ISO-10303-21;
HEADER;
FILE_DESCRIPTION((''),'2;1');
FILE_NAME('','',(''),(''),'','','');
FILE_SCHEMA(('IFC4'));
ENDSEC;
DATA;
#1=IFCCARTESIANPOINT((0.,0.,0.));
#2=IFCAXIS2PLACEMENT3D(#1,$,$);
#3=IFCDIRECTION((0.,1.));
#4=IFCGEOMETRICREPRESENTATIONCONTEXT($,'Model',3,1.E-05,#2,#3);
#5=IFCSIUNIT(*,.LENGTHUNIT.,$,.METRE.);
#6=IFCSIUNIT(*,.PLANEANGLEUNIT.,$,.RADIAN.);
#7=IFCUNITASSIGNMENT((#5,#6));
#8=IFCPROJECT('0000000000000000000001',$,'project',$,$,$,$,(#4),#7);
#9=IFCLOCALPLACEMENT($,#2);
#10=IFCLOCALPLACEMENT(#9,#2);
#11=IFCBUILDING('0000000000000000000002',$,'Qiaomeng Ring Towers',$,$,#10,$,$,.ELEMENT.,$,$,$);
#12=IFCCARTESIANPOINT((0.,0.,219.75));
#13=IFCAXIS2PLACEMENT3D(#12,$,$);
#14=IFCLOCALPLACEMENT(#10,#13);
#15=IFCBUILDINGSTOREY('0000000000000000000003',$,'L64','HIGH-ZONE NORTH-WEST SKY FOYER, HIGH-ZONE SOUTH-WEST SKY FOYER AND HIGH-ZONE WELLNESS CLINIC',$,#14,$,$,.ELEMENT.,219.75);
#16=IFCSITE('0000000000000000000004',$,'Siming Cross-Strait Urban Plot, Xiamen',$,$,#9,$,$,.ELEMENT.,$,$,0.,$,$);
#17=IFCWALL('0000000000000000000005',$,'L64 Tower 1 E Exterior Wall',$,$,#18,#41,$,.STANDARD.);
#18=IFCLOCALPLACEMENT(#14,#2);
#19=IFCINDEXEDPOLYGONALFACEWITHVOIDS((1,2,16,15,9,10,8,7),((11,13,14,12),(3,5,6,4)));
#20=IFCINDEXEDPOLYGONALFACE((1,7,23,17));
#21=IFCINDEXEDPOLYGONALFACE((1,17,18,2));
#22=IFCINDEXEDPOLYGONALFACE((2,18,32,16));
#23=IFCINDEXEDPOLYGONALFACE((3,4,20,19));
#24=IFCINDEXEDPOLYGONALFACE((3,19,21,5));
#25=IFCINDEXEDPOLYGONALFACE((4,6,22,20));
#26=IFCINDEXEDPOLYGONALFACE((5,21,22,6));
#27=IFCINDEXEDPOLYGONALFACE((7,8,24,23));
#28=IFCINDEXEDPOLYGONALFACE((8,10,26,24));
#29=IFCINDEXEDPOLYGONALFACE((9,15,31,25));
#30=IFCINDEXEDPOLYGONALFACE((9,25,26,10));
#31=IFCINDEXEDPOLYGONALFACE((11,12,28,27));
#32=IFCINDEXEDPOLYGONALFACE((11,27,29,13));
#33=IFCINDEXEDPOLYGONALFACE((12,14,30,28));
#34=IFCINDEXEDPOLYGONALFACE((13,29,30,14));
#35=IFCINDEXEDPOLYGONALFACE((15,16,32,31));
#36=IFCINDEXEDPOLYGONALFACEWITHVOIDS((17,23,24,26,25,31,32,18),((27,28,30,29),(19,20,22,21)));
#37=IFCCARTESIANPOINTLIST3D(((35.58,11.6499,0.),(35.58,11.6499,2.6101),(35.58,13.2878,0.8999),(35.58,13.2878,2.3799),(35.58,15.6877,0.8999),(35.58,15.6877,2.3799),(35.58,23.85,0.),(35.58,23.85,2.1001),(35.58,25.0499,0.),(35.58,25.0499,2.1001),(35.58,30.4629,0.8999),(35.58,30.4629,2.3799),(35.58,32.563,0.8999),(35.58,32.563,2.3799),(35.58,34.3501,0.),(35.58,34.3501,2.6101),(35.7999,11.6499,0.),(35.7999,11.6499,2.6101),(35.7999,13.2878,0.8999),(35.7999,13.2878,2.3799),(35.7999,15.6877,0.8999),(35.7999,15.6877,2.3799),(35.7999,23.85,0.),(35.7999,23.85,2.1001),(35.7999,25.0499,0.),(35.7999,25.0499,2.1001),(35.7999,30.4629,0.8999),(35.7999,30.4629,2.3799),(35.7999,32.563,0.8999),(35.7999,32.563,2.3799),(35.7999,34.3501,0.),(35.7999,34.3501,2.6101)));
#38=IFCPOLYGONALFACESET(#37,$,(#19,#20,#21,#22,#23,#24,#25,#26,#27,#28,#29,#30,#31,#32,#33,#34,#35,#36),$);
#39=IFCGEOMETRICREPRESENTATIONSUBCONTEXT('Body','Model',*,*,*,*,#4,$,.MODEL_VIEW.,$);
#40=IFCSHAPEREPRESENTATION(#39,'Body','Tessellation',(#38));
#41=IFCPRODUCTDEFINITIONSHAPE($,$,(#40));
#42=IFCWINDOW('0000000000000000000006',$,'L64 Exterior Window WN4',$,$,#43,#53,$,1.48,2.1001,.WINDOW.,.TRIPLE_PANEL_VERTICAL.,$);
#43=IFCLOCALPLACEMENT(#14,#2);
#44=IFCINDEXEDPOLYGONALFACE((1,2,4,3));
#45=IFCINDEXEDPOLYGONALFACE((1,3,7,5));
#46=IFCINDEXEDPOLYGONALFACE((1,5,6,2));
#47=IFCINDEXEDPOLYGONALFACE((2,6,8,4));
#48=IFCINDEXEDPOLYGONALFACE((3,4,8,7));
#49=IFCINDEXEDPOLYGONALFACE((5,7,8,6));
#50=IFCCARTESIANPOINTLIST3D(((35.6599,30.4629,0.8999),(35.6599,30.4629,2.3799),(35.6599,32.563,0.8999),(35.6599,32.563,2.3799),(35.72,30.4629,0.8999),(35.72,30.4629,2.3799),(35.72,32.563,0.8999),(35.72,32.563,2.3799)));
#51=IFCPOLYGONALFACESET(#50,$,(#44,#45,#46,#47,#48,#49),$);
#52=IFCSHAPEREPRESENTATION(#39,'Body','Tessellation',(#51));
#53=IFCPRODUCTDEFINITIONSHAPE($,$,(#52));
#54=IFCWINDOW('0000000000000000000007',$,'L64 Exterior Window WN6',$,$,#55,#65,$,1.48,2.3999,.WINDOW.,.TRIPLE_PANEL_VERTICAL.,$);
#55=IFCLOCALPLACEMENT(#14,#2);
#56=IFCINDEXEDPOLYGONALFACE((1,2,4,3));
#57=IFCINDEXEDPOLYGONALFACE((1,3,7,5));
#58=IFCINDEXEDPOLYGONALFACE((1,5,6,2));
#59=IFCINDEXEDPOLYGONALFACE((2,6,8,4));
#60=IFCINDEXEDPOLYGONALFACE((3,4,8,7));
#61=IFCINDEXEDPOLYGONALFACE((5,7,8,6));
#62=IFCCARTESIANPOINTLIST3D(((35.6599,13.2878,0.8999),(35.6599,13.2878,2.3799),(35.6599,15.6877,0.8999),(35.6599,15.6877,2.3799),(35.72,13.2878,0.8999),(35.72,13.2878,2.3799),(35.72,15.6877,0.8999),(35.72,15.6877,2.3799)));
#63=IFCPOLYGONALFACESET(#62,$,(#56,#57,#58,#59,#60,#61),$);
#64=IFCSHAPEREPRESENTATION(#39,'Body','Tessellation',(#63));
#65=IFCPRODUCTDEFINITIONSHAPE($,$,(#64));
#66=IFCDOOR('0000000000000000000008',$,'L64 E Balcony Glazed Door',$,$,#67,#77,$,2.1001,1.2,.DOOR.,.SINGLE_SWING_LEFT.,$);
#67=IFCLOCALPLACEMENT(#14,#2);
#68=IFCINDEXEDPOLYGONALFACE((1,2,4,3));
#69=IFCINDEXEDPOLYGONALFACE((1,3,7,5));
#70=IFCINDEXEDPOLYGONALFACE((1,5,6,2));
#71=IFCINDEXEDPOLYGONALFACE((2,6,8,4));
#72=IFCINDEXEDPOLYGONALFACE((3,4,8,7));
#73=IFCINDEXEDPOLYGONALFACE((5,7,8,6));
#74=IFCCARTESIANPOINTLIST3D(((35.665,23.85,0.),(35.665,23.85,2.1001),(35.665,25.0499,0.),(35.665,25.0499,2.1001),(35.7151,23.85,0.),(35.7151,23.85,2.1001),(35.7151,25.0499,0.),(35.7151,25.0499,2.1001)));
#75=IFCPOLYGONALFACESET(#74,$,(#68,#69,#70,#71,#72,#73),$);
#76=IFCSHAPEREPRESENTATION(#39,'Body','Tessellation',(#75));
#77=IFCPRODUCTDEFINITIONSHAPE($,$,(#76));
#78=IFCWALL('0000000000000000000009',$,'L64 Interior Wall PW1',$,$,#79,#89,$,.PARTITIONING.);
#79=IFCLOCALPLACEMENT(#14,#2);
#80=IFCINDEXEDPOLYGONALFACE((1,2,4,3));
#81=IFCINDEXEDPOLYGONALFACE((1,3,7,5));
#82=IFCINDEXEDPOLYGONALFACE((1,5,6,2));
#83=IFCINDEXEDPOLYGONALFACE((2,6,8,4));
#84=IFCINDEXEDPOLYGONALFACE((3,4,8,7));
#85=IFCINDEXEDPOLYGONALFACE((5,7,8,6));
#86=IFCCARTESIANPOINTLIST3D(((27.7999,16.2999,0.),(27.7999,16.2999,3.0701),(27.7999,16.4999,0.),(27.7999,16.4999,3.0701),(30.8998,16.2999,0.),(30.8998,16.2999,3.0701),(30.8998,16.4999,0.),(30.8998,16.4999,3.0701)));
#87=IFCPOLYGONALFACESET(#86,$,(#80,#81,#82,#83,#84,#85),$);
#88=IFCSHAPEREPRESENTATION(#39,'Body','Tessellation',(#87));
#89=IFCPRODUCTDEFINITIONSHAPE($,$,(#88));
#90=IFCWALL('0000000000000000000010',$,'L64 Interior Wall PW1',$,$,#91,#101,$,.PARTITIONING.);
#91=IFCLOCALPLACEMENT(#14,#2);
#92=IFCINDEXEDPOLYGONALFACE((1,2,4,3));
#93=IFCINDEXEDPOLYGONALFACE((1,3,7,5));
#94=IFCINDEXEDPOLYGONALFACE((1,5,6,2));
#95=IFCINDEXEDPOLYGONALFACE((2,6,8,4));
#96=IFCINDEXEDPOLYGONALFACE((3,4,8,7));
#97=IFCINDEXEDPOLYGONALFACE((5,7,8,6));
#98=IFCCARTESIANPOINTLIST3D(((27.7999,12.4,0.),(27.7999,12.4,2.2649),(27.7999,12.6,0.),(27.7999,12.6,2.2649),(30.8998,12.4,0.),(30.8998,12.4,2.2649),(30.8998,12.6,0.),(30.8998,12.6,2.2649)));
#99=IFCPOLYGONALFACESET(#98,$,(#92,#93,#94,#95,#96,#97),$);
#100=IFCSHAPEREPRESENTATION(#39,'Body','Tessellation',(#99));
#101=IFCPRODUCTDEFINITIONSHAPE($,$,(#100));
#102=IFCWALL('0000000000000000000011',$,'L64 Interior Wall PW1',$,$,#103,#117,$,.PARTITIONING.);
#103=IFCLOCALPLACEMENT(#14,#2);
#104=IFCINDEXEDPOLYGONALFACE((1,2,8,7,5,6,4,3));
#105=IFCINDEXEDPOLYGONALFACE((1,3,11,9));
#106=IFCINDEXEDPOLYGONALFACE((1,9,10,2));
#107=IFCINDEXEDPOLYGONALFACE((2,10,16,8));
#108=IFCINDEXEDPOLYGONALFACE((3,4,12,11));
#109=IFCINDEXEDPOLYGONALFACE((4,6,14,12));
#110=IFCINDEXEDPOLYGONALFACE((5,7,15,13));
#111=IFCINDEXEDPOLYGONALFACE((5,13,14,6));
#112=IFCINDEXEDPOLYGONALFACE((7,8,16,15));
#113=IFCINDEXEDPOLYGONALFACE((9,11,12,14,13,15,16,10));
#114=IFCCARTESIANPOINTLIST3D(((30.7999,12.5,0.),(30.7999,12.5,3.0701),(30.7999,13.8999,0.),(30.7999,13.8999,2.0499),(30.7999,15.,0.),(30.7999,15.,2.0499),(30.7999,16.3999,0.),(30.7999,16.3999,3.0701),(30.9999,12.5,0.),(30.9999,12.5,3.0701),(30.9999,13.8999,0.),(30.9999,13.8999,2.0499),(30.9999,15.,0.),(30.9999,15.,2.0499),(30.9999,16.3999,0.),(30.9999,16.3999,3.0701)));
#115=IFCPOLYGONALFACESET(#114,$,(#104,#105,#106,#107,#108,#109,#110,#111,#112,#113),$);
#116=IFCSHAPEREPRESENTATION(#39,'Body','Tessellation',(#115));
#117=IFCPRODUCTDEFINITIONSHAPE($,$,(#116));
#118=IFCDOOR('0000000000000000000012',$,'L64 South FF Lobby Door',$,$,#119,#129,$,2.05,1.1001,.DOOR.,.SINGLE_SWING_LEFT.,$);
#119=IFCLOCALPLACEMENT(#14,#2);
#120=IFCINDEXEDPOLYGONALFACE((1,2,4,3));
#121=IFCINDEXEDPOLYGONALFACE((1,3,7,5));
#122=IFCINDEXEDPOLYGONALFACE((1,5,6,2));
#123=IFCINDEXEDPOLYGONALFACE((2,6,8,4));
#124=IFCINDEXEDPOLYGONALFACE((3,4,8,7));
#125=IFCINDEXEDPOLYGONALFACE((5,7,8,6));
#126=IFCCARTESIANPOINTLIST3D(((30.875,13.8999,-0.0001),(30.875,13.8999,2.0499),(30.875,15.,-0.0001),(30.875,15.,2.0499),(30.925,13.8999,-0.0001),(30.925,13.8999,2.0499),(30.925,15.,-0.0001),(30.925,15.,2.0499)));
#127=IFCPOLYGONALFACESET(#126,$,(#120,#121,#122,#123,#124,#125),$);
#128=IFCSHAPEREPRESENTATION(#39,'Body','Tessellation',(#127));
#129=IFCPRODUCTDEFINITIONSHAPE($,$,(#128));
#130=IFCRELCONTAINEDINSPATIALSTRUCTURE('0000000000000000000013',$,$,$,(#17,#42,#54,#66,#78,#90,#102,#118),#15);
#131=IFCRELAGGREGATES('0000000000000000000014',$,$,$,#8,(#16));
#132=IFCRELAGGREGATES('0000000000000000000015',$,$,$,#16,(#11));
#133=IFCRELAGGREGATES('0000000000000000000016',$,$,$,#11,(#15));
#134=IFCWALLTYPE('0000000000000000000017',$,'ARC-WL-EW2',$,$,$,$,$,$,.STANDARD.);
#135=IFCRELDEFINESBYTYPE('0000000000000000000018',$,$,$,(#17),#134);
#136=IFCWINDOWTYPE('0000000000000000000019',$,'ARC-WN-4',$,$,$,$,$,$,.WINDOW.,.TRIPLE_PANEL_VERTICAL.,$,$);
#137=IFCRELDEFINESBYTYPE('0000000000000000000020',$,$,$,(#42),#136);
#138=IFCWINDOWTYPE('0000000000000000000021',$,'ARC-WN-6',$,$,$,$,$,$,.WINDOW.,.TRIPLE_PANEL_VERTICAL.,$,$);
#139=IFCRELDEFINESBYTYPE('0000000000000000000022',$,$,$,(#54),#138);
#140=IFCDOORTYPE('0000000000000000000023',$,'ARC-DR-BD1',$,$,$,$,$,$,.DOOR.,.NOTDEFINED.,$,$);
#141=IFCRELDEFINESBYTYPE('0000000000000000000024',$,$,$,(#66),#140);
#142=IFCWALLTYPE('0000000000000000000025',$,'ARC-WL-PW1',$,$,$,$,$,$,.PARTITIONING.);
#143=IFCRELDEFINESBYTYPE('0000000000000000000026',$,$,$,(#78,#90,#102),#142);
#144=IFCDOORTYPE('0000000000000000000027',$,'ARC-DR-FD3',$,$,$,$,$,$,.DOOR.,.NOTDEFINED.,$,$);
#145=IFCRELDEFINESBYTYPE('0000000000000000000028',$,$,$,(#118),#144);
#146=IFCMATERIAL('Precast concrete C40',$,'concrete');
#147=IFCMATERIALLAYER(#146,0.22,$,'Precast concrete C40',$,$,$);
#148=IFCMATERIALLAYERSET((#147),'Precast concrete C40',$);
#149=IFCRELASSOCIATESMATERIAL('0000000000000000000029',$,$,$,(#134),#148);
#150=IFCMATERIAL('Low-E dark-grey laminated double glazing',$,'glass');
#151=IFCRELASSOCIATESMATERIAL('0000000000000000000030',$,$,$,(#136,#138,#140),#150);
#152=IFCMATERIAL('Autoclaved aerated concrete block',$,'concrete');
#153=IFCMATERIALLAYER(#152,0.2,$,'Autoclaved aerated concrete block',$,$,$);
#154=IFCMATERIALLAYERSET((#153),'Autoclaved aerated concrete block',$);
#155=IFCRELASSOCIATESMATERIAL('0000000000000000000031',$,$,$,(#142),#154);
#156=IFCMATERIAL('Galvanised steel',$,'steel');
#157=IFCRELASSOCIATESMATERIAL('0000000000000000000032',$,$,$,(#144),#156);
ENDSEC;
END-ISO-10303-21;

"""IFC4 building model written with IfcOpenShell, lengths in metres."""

from ifc_helpers import new_model, si_unit, direction, frame, frame_2d, origin, place, context, subcontext, project, spatial, rectangle, extrude, source, transform, mapped, material, layer, layer_set, type_object, element, fill, save


model = new_model("IFC4")

# Units and contexts
model_context = context("Model", 3, precision=1e-05, world=origin(), true_north=direction((0.0, 1.0)))
body_context = subcontext(model_context, "Body", "Model", "MODEL_VIEW")
ifc_project = project(units=[si_unit("LENGTHUNIT", "METRE"), si_unit("PLANEANGLEUNIT", "RADIAN")], contexts=[model_context])

# Site, building, storey
site_placement = place(None, origin())
site = spatial("IfcSite", under=ifc_project, at=site_placement, Name="Siming Cross-Strait Urban Plot, Xiamen", CompositionType="ELEMENT", RefElevation=0.0)
building_placement = place(site_placement, origin())
building = spatial("IfcBuilding", under=site, at=building_placement, Name="Qiaomeng Ring Towers", CompositionType="ELEMENT")
storey_placement = place(building_placement, frame((0.0, 0.0, 219.75)))
storey = spatial("IfcBuildingStorey", under=building, at=storey_placement, Name="L64", Description="HIGH-ZONE NORTH-WEST SKY FOYER, HIGH-ZONE SOUTH-WEST SKY FOYER AND HIGH-ZONE WELLNESS CLINIC", CompositionType="ELEMENT", Elevation=219.75)

# Wall, openings, windows, door
ifc_material_1 = material(Name="Precast concrete C40", Category="concrete")
ifc_layer_1 = layer(ifc_material_1, 0.22, Name="Precast concrete C40")
ifc_layer_set_1 = layer_set([ifc_layer_1], Name="Precast concrete C40")
wall_type_1 = type_object("IfcWallType", Name="ARC-WL-EW2", PredefinedType="STANDARD", material=ifc_layer_set_1)
wall_1_placement = place(storey_placement, frame((35.6899, 11.6499, 0.0), z_axis=(0.0, 0.0, 1.0), x_axis=(0.0, 1.0, 0.0)))
wall_1 = element("IfcWall", 1, at=wall_1_placement, inside=storey, type_object=wall_type_1, Name="L64 Tower 1 E Exterior Wall", PredefinedType="STANDARD", context=body_context, shape_type="SweptSolid", body=[
    extrude(rectangle(XDim=22.7002, YDim=0.22, at=frame_2d((11.3501, 0.0))), origin(), (0.0, 0.0, 1.0), 2.6101),
])
opening_1_placement = place(wall_1_placement, frame((12.2, 0.0, 0.0)))
opening_1 = element("IfcOpeningElement", 2, at=opening_1_placement, cuts=wall_1, PredefinedType="OPENING", context=body_context, shape_type="SweptSolid", body=[
    extrude(rectangle(XDim=1.2, YDim=2.1001, at=frame_2d((0.6001, 1.05))), frame((0.0, 0.1199, 0.0), z_axis=(0.0, -1.0, 0.0), x_axis=(1.0, 0.0, 0.0)), (0.0, 0.0, 1.0), 0.24),
])
opening_2_placement = place(wall_1_placement, frame((1.6379, 0.0, 0.8999)))
opening_2 = element("IfcOpeningElement", 3, at=opening_2_placement, cuts=wall_1, PredefinedType="OPENING", context=body_context, shape_type="SweptSolid", body=[
    extrude(rectangle(XDim=2.3999, YDim=1.48, at=frame_2d((1.2, 0.74))), frame((0.0, 0.1199, 0.0), z_axis=(0.0, -1.0, 0.0), x_axis=(1.0, 0.0, 0.0)), (0.0, 0.0, 1.0), 0.24),
])
opening_3_placement = place(wall_1_placement, frame((18.813, 0.0, 0.8999)))
opening_3 = element("IfcOpeningElement", 4, at=opening_3_placement, cuts=wall_1, PredefinedType="OPENING", context=body_context, shape_type="SweptSolid", body=[
    extrude(rectangle(XDim=2.1001, YDim=1.48, at=frame_2d((1.05, 0.74))), frame((0.0, 0.1199, 0.0), z_axis=(0.0, -1.0, 0.0), x_axis=(1.0, 0.0, 0.0)), (0.0, 0.0, 1.0), 0.24),
])
ifc_material_2 = material(Name="Low-E dark-grey laminated double glazing", Category="glass")
window_type_1 = type_object("IfcWindowType", Name="ARC-WN-4", PartitioningType="TRIPLE_PANEL_VERTICAL", PredefinedType="WINDOW", material=ifc_material_2)
shared_shape_1 = source(origin(), body_context, "Body", "SweptSolid", [
    extrude(rectangle(XDim=2.1001, YDim=1.48, at=frame_2d((1.05, 0.74))), frame((0.0, 0.03, 0.0), z_axis=(0.0, -1.0, 0.0), x_axis=(1.0, 0.0, 0.0)), (0.0, 0.0, 1.0), 0.0601),
])
window_1_placement = place(opening_3_placement, origin())
window_1 = element("IfcWindow", 5, at=window_1_placement, inside=storey, type_object=window_type_1, Name="L64 Exterior Window WN4", OverallHeight=1.48, OverallWidth=2.1001, PartitioningType="TRIPLE_PANEL_VERTICAL", PredefinedType="WINDOW", context=body_context, shape_type="MappedRepresentation", body=[
    mapped(shared_shape_1, transform((0.0, 0.0, 0.0), x_axis=(1.0, 0.0, 0.0), y_axis=(0.0, 1.0, 0.0), z_axis=(0.0, 0.0, 1.0), scale=1.0)),
])
fill(opening_3, window_1)
window_type_2 = type_object("IfcWindowType", Name="ARC-WN-6", PartitioningType="TRIPLE_PANEL_VERTICAL", PredefinedType="WINDOW", material=ifc_material_2)
shared_shape_2 = source(origin(), body_context, "Body", "SweptSolid", [
    extrude(rectangle(XDim=2.3999, YDim=1.48, at=frame_2d((1.2, 0.74))), frame((0.0, 0.03, 0.0), z_axis=(0.0, -1.0, 0.0), x_axis=(1.0, 0.0, 0.0)), (0.0, 0.0, 1.0), 0.0601),
])
window_2_placement = place(opening_2_placement, origin())
window_2 = element("IfcWindow", 6, at=window_2_placement, inside=storey, type_object=window_type_2, Name="L64 Exterior Window WN6", OverallHeight=1.48, OverallWidth=2.3999, PartitioningType="TRIPLE_PANEL_VERTICAL", PredefinedType="WINDOW", context=body_context, shape_type="MappedRepresentation", body=[
    mapped(shared_shape_2, transform((0.0, 0.0, 0.0), x_axis=(1.0, 0.0, 0.0), y_axis=(0.0, 1.0, 0.0), z_axis=(0.0, 0.0, 1.0), scale=1.0)),
])
fill(opening_2, window_2)
door_type_1 = type_object("IfcDoorType", Name="ARC-DR-BD1", OperationType="NOTDEFINED", PredefinedType="DOOR", material=ifc_material_2)
shared_shape_3 = source(origin(), body_context, "Body", "SweptSolid", [
    extrude(rectangle(XDim=1.2, YDim=2.1001, at=frame_2d((0.6001, 1.05))), frame((0.0, 0.0249, 0.0), z_axis=(0.0, -1.0, 0.0), x_axis=(1.0, 0.0, 0.0)), (0.0, 0.0, 1.0), 0.05),
])
door_1_placement = place(opening_1_placement, origin())
door_1 = element("IfcDoor", 7, at=door_1_placement, inside=storey, type_object=door_type_1, Name="L64 E Balcony Glazed Door", OperationType="SINGLE_SWING_LEFT", OverallHeight=2.1001, OverallWidth=1.2, PredefinedType="DOOR", context=body_context, shape_type="MappedRepresentation", body=[
    mapped(shared_shape_3, transform((0.0, 0.0, 0.0), x_axis=(1.0, 0.0, 0.0), y_axis=(0.0, 1.0, 0.0), z_axis=(0.0, 0.0, 1.0), scale=1.0)),
])
fill(opening_1, door_1)

# Walls
ifc_material_3 = material(Name="Autoclaved aerated concrete block", Category="concrete")
ifc_layer_2 = layer(ifc_material_3, 0.2, Name="Autoclaved aerated concrete block")
ifc_layer_set_2 = layer_set([ifc_layer_2], Name="Autoclaved aerated concrete block")
wall_type_2 = type_object("IfcWallType", Name="ARC-WL-PW1", PredefinedType="PARTITIONING", material=ifc_layer_set_2)
wall_2_placement = place(storey_placement, frame((27.8, 16.3999, 0.0), z_axis=(0.0, 0.0, 1.0), x_axis=(1.0, 0.0, 0.0)))
element("IfcWall", 8, at=wall_2_placement, inside=storey, type_object=wall_type_2, Name="L64 Interior Wall PW1", PredefinedType="PARTITIONING", context=body_context, shape_type="SweptSolid", body=[
    extrude(rectangle(XDim=3.0999, YDim=0.2, at=frame_2d((1.5498, 0.0))), origin(), (0.0, 0.0, 1.0), 3.0701),
])
wall_3_placement = place(storey_placement, frame((27.8, 12.5, 0.0), z_axis=(0.0, 0.0, 1.0), x_axis=(1.0, 0.0, 0.0)))
element("IfcWall", 9, at=wall_3_placement, inside=storey, type_object=wall_type_2, Name="L64 Interior Wall PW1", PredefinedType="PARTITIONING", context=body_context, shape_type="SweptSolid", body=[
    extrude(rectangle(XDim=3.0999, YDim=0.2, at=frame_2d((1.5498, 0.0))), origin(), (0.0, 0.0, 1.0), 2.2649),
])

# Wall, opening, door
wall_4_placement = place(storey_placement, frame((30.8999, 12.5, 0.0), z_axis=(0.0, 0.0, 1.0), x_axis=(0.0, 1.0, 0.0)))
wall_4 = element("IfcWall", 10, at=wall_4_placement, inside=storey, type_object=wall_type_2, Name="L64 Interior Wall PW1", PredefinedType="PARTITIONING", context=body_context, shape_type="SweptSolid", body=[
    extrude(rectangle(XDim=3.8999, YDim=0.2, at=frame_2d((1.95, 0.0))), origin(), (0.0, 0.0, 1.0), 3.0701),
])
opening_4_placement = place(wall_4_placement, frame((1.3999, 0.0, 0.0)))
opening_4 = element("IfcOpeningElement", 11, at=opening_4_placement, cuts=wall_4, PredefinedType="OPENING", context=body_context, shape_type="SweptSolid", body=[
    extrude(rectangle(XDim=1.1001, YDim=2.05, at=frame_2d((0.55, 1.0249))), frame((0.0, 0.1099, 0.0), z_axis=(0.0, -1.0, 0.0), x_axis=(1.0, 0.0, 0.0)), (0.0, 0.0, 1.0), 0.22),
])
ifc_material_4 = material(Name="Galvanised steel", Category="steel")
door_type_2 = type_object("IfcDoorType", Name="ARC-DR-FD3", OperationType="NOTDEFINED", PredefinedType="DOOR", material=ifc_material_4)
shared_shape_4 = source(origin(), body_context, "Body", "SweptSolid", [
    extrude(rectangle(XDim=1.1001, YDim=2.05, at=frame_2d((0.55, 1.0249))), frame((0.0, 0.0249, 0.0), z_axis=(0.0, -1.0, 0.0), x_axis=(1.0, 0.0, 0.0)), (0.0, 0.0, 1.0), 0.05),
])
door_2_placement = place(opening_4_placement, origin())
door_2 = element("IfcDoor", 12, at=door_2_placement, inside=storey, type_object=door_type_2, Name="L64 South FF Lobby Door", OperationType="SINGLE_SWING_LEFT", OverallHeight=2.05, OverallWidth=1.1001, PredefinedType="DOOR", context=body_context, shape_type="MappedRepresentation", body=[
    mapped(shared_shape_4, transform((0.0, 0.0, 0.0), x_axis=(1.0, 0.0, 0.0), y_axis=(0.0, 1.0, 0.0), z_axis=(0.0, 0.0, 1.0), scale=1.0)),
])
fill(opening_4, door_2)

save(model, "model.ifc")
